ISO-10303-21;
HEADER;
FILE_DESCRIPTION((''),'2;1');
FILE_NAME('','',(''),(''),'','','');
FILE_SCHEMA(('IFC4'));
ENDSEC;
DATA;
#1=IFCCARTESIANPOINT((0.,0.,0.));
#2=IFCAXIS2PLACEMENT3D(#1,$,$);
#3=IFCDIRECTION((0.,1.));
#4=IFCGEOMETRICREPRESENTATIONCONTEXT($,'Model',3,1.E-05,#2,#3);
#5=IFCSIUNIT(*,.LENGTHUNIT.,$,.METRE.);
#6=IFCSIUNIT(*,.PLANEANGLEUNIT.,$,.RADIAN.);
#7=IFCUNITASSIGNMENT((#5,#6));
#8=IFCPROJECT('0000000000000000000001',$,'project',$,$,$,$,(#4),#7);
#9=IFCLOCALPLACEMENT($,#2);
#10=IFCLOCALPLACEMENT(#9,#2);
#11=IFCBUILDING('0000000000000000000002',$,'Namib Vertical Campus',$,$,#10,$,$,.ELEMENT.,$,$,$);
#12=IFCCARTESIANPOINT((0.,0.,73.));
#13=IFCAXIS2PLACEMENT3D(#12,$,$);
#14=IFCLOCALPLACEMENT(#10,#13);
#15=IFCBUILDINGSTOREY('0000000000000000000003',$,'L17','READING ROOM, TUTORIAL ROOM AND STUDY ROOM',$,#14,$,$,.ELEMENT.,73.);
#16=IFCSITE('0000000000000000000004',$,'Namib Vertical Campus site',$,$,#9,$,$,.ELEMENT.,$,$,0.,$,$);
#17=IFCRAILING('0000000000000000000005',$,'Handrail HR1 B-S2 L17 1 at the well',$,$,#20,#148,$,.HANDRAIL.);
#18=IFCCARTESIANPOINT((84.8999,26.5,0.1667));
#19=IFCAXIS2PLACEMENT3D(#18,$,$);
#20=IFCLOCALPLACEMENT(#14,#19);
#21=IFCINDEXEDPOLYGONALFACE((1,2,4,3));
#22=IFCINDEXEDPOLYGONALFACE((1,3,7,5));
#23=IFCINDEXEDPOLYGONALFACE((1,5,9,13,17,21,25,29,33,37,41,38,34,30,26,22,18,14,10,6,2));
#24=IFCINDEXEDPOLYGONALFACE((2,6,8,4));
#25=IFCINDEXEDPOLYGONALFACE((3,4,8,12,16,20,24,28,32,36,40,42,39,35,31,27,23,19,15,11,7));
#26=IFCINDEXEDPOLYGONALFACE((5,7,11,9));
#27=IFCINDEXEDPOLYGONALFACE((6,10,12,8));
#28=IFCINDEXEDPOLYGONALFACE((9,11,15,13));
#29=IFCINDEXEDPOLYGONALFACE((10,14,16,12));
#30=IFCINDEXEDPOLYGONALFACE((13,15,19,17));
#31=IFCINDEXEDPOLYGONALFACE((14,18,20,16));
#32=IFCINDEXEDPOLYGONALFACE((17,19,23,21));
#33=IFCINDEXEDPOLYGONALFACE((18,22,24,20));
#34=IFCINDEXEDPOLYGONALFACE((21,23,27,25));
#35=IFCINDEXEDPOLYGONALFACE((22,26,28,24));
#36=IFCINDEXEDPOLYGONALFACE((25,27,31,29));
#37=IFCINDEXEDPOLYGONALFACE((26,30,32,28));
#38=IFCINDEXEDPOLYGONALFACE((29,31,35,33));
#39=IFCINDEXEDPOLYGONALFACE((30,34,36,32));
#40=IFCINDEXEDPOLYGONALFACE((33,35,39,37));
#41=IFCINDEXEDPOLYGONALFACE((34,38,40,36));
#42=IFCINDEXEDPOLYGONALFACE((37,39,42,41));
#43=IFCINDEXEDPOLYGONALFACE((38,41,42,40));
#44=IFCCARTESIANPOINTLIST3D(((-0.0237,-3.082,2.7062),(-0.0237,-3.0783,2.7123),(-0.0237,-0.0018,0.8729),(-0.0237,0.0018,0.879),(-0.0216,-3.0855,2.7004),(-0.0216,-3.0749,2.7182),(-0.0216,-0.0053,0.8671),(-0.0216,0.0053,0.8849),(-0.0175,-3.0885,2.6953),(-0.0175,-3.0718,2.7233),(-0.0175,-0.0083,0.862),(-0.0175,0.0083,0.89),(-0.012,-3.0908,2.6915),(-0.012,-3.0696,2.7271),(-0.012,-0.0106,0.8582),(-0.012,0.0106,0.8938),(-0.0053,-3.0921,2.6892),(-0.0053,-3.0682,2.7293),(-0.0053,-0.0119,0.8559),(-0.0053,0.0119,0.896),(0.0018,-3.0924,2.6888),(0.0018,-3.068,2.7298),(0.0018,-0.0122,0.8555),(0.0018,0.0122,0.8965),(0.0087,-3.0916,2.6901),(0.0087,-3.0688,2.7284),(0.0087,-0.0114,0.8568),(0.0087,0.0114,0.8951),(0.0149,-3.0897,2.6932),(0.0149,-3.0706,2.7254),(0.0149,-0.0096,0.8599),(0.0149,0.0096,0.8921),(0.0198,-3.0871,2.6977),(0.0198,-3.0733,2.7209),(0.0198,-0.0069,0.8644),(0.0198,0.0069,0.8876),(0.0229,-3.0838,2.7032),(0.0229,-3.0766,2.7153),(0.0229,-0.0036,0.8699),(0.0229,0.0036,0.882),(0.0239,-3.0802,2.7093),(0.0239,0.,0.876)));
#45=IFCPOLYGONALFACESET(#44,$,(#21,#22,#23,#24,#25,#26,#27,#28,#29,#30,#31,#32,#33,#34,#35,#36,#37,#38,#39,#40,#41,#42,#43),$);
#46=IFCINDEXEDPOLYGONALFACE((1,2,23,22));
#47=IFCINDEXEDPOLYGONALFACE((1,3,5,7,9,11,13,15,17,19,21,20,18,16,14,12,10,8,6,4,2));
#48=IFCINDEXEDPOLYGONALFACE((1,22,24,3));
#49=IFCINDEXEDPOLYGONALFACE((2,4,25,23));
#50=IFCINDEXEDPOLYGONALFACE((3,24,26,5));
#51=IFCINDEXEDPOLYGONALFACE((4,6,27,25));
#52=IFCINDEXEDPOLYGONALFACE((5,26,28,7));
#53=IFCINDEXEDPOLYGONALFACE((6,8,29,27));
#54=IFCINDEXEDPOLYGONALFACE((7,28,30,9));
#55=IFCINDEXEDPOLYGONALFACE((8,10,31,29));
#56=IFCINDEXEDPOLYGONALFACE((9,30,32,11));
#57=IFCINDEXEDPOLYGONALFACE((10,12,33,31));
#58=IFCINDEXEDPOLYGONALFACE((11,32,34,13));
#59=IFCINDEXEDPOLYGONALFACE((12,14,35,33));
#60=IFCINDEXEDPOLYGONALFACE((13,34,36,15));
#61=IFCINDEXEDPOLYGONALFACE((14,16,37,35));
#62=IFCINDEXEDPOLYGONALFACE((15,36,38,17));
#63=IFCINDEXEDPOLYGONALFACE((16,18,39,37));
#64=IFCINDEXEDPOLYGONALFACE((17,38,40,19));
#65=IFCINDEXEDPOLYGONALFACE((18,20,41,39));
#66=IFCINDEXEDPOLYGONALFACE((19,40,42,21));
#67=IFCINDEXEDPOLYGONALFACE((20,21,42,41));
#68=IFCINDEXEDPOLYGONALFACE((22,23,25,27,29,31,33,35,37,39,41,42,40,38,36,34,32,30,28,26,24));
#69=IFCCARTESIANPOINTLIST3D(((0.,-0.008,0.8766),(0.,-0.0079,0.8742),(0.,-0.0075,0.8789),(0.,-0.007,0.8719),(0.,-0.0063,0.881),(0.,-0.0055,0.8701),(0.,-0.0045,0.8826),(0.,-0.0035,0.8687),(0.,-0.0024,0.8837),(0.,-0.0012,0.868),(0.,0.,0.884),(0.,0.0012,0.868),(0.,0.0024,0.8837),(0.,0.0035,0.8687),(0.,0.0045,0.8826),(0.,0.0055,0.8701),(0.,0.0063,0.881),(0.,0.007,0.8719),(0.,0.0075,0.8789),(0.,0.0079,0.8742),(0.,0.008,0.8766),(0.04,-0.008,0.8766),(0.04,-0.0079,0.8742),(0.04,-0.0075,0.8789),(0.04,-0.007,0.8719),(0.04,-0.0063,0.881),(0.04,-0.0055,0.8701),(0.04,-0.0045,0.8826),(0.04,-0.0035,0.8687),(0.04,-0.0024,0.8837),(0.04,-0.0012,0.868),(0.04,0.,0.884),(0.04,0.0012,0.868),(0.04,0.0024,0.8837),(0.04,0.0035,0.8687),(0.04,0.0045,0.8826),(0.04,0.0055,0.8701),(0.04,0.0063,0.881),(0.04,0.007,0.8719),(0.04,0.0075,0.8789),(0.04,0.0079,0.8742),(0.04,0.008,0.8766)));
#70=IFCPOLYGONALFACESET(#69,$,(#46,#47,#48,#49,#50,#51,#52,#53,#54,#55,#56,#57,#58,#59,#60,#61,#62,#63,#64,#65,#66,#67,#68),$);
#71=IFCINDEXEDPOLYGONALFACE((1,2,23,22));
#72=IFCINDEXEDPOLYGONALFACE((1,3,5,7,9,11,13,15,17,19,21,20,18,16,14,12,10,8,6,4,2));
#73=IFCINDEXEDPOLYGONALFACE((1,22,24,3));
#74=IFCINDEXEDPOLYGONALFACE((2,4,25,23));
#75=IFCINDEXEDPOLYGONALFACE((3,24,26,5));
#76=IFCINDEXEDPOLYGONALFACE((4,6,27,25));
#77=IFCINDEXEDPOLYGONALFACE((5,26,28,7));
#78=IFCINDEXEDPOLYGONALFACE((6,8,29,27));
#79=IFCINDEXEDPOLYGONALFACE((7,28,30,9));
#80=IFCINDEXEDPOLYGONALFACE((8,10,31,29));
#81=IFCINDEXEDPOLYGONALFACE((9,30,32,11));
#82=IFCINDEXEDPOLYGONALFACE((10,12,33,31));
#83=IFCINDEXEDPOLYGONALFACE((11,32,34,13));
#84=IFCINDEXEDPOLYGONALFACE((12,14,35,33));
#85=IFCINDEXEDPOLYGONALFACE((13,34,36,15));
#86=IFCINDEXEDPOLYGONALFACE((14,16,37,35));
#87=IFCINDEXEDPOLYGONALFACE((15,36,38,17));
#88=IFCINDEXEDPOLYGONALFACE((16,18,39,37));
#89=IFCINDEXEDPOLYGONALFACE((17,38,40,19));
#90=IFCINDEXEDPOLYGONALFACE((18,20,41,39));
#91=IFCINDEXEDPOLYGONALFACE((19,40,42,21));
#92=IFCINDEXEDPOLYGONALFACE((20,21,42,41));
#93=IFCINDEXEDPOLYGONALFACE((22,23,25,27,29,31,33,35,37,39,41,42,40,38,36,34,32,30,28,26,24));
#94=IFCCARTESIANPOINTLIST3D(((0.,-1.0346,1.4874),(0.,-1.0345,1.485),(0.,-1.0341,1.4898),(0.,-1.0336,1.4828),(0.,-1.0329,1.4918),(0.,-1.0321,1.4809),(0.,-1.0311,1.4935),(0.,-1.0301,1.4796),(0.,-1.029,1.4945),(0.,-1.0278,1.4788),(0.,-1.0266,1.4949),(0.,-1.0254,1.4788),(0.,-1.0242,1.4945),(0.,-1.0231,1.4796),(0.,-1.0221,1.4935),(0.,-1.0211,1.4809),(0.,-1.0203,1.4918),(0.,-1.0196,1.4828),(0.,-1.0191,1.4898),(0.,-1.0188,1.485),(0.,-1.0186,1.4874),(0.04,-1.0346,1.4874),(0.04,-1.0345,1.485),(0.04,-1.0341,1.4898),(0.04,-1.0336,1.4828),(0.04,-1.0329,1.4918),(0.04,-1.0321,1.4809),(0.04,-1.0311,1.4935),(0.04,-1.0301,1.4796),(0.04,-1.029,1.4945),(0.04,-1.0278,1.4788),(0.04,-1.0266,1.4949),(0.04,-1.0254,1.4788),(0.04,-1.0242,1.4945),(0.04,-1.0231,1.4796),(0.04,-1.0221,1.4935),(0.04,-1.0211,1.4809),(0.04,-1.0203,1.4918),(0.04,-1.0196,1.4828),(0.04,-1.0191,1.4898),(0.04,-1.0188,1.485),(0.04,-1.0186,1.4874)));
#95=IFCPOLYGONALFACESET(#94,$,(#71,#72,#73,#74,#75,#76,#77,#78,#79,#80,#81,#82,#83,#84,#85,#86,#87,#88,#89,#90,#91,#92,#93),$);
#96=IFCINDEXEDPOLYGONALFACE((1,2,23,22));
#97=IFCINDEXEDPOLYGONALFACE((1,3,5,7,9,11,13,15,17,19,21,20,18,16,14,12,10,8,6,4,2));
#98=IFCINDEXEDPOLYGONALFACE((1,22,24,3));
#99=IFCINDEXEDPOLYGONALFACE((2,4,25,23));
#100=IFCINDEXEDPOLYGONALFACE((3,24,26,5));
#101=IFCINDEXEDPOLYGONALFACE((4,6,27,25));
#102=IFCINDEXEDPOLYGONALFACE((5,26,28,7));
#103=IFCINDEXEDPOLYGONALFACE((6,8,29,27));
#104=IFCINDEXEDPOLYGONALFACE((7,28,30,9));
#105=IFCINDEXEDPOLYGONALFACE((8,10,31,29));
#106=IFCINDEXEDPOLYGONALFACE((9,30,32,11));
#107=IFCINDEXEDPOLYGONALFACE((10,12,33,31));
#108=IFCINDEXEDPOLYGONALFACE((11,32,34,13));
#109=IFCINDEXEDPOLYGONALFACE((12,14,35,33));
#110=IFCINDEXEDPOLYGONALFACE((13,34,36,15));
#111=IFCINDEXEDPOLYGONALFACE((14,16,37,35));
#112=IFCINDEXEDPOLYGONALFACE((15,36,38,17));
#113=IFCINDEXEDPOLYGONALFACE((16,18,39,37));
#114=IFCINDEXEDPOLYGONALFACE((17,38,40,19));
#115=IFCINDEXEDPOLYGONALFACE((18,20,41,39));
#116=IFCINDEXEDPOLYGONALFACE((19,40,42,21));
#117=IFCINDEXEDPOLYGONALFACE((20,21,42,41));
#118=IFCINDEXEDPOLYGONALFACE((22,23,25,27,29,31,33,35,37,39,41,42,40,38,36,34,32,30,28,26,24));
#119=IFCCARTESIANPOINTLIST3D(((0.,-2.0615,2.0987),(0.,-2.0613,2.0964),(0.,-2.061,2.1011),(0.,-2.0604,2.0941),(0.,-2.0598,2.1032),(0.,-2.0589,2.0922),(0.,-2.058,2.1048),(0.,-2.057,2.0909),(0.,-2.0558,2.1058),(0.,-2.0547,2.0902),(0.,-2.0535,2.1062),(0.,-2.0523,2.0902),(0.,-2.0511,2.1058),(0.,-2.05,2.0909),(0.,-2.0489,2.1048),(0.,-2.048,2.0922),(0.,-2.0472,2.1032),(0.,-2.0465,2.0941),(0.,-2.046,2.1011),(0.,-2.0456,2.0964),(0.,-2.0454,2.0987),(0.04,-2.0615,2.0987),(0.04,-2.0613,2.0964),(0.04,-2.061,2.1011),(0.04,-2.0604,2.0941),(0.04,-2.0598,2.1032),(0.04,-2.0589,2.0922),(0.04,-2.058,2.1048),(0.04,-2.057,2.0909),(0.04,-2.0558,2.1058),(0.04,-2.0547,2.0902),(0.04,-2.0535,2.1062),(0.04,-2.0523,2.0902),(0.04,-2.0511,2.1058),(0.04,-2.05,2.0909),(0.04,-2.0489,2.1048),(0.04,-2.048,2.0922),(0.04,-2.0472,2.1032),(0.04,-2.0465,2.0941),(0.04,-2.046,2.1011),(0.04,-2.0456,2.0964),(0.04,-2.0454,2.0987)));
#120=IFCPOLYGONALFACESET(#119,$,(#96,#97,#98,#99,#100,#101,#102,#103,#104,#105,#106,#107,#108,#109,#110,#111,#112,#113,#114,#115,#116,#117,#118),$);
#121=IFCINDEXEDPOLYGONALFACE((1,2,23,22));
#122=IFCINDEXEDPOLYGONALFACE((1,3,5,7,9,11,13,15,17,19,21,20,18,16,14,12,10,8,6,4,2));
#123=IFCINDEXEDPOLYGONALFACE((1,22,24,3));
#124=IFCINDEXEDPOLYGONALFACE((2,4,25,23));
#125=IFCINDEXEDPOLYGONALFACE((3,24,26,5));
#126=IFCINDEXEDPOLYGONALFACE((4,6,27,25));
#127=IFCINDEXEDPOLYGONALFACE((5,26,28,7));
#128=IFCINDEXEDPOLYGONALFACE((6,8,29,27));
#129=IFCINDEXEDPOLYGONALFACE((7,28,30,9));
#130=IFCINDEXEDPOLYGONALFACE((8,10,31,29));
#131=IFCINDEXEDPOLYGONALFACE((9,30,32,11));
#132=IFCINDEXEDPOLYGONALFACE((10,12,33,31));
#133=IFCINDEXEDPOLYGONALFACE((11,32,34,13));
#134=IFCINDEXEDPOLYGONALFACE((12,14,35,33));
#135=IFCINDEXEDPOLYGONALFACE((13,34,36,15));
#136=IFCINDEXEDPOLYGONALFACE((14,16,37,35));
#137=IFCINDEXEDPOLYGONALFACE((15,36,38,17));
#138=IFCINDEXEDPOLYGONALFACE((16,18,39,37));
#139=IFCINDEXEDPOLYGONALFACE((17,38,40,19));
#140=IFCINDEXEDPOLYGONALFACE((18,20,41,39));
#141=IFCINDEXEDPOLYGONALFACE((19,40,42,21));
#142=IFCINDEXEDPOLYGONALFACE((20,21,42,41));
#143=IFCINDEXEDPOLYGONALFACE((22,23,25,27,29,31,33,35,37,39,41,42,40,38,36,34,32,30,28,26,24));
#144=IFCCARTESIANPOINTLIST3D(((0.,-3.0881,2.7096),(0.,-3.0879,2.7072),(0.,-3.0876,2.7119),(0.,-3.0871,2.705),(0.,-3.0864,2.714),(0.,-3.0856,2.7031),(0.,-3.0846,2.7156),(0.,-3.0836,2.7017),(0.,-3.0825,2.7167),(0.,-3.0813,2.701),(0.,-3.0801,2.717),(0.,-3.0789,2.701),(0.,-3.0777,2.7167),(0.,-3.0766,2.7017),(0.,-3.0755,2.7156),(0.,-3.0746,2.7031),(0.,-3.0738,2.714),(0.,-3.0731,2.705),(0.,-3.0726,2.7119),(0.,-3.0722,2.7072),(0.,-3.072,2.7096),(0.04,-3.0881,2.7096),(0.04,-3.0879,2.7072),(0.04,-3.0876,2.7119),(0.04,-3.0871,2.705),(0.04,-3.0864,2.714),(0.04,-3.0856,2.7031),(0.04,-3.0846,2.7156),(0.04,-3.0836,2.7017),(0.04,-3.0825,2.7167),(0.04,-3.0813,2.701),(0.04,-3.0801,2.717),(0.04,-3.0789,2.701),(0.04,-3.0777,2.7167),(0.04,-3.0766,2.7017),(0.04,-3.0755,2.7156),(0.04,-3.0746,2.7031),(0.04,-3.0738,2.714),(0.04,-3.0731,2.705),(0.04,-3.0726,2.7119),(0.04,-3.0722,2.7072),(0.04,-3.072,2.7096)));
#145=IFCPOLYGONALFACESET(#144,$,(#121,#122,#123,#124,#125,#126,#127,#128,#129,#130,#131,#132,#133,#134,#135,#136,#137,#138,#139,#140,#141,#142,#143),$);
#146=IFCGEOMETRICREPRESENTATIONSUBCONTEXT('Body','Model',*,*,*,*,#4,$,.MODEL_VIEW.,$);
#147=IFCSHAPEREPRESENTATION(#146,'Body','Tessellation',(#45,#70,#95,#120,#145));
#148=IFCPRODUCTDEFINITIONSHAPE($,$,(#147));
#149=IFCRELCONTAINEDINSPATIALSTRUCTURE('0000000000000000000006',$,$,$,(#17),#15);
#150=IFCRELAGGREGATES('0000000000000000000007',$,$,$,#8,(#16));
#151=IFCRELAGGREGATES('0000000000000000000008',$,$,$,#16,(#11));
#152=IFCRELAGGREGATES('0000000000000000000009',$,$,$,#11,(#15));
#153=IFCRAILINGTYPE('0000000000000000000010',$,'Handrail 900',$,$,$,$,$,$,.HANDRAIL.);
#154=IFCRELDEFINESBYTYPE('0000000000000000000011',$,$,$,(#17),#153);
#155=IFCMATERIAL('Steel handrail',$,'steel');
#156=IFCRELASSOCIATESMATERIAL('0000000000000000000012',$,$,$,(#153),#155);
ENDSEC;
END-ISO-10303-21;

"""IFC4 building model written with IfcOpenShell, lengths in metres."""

from ifc_helpers import new_model, si_unit, direction, frame, origin, origin_2d, place, context, subcontext, project, spatial, circle, extrude, material, type_object, element, save


model = new_model("IFC4")

# Units and contexts
model_context = context("Model", 3, precision=1e-05, world=origin(), true_north=direction((0.0, 1.0)))
body_context = subcontext(model_context, "Body", "Model", "MODEL_VIEW")
ifc_project = project(units=[si_unit("LENGTHUNIT", "METRE"), si_unit("PLANEANGLEUNIT", "RADIAN")], contexts=[model_context])

# Site, building, storey
site_placement = place(None, origin())
site = spatial("IfcSite", under=ifc_project, at=site_placement, Name="Namib Vertical Campus site", CompositionType="ELEMENT", RefElevation=0.0)
building_placement = place(site_placement, origin())
building = spatial("IfcBuilding", under=site, at=building_placement, Name="Namib Vertical Campus", CompositionType="ELEMENT")
storey_placement = place(building_placement, frame((0.0, 0.0, 73.0)))
storey = spatial("IfcBuildingStorey", under=building, at=storey_placement, Name="L17", Description="READING ROOM, TUTORIAL ROOM AND STUDY ROOM", CompositionType="ELEMENT", Elevation=73.0)

# Railing
ifc_material_1 = material(Name="Steel handrail", Category="steel")
railing_type_1 = type_object("IfcRailingType", Name="Handrail 900", PredefinedType="HANDRAIL", material=ifc_material_1)
railing_1_placement = place(storey_placement, frame((84.8999, 26.5, 0.1667)))
element("IfcRailing", 1, at=railing_1_placement, inside=storey, type_object=railing_type_1, Name="Handrail HR1 B-S2 L17 1 at the well", PredefinedType="HANDRAIL", context=body_context, shape_type="SweptSolid", body=[
    extrude(circle(Radius=0.0239, at=origin_2d()), frame((0.0, 0.0, 0.876), z_axis=(0.0, -0.859309, 0.511458), x_axis=(1.0, 0.0, 0.0)), (0.0, 0.0, 1.0), 3.5845),
    extrude(circle(Radius=0.0081, at=origin_2d()), frame((0.0, 0.0, 0.876), z_axis=(1.0, 0.0, 0.0), x_axis=(0.0, 0.0, 1.0)), (0.0, 0.0, 1.0), 0.04),
    extrude(circle(Radius=0.0081, at=origin_2d()), frame((0.0, -1.0266, 1.4868), z_axis=(1.0, 0.0, 0.0), x_axis=(0.0, 0.0, 1.0)), (0.0, 0.0, 1.0), 0.04),
    extrude(circle(Radius=0.0081, at=origin_2d()), frame((0.0, -2.0535, 2.0981), z_axis=(1.0, 0.0, 0.0), x_axis=(0.0, 0.0, 1.0)), (0.0, 0.0, 1.0), 0.04),
    extrude(circle(Radius=0.0081, at=origin_2d()), frame((0.0, -3.0801, 2.709), z_axis=(1.0, 0.0, 0.0), x_axis=(0.0, 0.0, 1.0)), (0.0, 0.0, 1.0), 0.04),
])

save(model, "model.ifc")
